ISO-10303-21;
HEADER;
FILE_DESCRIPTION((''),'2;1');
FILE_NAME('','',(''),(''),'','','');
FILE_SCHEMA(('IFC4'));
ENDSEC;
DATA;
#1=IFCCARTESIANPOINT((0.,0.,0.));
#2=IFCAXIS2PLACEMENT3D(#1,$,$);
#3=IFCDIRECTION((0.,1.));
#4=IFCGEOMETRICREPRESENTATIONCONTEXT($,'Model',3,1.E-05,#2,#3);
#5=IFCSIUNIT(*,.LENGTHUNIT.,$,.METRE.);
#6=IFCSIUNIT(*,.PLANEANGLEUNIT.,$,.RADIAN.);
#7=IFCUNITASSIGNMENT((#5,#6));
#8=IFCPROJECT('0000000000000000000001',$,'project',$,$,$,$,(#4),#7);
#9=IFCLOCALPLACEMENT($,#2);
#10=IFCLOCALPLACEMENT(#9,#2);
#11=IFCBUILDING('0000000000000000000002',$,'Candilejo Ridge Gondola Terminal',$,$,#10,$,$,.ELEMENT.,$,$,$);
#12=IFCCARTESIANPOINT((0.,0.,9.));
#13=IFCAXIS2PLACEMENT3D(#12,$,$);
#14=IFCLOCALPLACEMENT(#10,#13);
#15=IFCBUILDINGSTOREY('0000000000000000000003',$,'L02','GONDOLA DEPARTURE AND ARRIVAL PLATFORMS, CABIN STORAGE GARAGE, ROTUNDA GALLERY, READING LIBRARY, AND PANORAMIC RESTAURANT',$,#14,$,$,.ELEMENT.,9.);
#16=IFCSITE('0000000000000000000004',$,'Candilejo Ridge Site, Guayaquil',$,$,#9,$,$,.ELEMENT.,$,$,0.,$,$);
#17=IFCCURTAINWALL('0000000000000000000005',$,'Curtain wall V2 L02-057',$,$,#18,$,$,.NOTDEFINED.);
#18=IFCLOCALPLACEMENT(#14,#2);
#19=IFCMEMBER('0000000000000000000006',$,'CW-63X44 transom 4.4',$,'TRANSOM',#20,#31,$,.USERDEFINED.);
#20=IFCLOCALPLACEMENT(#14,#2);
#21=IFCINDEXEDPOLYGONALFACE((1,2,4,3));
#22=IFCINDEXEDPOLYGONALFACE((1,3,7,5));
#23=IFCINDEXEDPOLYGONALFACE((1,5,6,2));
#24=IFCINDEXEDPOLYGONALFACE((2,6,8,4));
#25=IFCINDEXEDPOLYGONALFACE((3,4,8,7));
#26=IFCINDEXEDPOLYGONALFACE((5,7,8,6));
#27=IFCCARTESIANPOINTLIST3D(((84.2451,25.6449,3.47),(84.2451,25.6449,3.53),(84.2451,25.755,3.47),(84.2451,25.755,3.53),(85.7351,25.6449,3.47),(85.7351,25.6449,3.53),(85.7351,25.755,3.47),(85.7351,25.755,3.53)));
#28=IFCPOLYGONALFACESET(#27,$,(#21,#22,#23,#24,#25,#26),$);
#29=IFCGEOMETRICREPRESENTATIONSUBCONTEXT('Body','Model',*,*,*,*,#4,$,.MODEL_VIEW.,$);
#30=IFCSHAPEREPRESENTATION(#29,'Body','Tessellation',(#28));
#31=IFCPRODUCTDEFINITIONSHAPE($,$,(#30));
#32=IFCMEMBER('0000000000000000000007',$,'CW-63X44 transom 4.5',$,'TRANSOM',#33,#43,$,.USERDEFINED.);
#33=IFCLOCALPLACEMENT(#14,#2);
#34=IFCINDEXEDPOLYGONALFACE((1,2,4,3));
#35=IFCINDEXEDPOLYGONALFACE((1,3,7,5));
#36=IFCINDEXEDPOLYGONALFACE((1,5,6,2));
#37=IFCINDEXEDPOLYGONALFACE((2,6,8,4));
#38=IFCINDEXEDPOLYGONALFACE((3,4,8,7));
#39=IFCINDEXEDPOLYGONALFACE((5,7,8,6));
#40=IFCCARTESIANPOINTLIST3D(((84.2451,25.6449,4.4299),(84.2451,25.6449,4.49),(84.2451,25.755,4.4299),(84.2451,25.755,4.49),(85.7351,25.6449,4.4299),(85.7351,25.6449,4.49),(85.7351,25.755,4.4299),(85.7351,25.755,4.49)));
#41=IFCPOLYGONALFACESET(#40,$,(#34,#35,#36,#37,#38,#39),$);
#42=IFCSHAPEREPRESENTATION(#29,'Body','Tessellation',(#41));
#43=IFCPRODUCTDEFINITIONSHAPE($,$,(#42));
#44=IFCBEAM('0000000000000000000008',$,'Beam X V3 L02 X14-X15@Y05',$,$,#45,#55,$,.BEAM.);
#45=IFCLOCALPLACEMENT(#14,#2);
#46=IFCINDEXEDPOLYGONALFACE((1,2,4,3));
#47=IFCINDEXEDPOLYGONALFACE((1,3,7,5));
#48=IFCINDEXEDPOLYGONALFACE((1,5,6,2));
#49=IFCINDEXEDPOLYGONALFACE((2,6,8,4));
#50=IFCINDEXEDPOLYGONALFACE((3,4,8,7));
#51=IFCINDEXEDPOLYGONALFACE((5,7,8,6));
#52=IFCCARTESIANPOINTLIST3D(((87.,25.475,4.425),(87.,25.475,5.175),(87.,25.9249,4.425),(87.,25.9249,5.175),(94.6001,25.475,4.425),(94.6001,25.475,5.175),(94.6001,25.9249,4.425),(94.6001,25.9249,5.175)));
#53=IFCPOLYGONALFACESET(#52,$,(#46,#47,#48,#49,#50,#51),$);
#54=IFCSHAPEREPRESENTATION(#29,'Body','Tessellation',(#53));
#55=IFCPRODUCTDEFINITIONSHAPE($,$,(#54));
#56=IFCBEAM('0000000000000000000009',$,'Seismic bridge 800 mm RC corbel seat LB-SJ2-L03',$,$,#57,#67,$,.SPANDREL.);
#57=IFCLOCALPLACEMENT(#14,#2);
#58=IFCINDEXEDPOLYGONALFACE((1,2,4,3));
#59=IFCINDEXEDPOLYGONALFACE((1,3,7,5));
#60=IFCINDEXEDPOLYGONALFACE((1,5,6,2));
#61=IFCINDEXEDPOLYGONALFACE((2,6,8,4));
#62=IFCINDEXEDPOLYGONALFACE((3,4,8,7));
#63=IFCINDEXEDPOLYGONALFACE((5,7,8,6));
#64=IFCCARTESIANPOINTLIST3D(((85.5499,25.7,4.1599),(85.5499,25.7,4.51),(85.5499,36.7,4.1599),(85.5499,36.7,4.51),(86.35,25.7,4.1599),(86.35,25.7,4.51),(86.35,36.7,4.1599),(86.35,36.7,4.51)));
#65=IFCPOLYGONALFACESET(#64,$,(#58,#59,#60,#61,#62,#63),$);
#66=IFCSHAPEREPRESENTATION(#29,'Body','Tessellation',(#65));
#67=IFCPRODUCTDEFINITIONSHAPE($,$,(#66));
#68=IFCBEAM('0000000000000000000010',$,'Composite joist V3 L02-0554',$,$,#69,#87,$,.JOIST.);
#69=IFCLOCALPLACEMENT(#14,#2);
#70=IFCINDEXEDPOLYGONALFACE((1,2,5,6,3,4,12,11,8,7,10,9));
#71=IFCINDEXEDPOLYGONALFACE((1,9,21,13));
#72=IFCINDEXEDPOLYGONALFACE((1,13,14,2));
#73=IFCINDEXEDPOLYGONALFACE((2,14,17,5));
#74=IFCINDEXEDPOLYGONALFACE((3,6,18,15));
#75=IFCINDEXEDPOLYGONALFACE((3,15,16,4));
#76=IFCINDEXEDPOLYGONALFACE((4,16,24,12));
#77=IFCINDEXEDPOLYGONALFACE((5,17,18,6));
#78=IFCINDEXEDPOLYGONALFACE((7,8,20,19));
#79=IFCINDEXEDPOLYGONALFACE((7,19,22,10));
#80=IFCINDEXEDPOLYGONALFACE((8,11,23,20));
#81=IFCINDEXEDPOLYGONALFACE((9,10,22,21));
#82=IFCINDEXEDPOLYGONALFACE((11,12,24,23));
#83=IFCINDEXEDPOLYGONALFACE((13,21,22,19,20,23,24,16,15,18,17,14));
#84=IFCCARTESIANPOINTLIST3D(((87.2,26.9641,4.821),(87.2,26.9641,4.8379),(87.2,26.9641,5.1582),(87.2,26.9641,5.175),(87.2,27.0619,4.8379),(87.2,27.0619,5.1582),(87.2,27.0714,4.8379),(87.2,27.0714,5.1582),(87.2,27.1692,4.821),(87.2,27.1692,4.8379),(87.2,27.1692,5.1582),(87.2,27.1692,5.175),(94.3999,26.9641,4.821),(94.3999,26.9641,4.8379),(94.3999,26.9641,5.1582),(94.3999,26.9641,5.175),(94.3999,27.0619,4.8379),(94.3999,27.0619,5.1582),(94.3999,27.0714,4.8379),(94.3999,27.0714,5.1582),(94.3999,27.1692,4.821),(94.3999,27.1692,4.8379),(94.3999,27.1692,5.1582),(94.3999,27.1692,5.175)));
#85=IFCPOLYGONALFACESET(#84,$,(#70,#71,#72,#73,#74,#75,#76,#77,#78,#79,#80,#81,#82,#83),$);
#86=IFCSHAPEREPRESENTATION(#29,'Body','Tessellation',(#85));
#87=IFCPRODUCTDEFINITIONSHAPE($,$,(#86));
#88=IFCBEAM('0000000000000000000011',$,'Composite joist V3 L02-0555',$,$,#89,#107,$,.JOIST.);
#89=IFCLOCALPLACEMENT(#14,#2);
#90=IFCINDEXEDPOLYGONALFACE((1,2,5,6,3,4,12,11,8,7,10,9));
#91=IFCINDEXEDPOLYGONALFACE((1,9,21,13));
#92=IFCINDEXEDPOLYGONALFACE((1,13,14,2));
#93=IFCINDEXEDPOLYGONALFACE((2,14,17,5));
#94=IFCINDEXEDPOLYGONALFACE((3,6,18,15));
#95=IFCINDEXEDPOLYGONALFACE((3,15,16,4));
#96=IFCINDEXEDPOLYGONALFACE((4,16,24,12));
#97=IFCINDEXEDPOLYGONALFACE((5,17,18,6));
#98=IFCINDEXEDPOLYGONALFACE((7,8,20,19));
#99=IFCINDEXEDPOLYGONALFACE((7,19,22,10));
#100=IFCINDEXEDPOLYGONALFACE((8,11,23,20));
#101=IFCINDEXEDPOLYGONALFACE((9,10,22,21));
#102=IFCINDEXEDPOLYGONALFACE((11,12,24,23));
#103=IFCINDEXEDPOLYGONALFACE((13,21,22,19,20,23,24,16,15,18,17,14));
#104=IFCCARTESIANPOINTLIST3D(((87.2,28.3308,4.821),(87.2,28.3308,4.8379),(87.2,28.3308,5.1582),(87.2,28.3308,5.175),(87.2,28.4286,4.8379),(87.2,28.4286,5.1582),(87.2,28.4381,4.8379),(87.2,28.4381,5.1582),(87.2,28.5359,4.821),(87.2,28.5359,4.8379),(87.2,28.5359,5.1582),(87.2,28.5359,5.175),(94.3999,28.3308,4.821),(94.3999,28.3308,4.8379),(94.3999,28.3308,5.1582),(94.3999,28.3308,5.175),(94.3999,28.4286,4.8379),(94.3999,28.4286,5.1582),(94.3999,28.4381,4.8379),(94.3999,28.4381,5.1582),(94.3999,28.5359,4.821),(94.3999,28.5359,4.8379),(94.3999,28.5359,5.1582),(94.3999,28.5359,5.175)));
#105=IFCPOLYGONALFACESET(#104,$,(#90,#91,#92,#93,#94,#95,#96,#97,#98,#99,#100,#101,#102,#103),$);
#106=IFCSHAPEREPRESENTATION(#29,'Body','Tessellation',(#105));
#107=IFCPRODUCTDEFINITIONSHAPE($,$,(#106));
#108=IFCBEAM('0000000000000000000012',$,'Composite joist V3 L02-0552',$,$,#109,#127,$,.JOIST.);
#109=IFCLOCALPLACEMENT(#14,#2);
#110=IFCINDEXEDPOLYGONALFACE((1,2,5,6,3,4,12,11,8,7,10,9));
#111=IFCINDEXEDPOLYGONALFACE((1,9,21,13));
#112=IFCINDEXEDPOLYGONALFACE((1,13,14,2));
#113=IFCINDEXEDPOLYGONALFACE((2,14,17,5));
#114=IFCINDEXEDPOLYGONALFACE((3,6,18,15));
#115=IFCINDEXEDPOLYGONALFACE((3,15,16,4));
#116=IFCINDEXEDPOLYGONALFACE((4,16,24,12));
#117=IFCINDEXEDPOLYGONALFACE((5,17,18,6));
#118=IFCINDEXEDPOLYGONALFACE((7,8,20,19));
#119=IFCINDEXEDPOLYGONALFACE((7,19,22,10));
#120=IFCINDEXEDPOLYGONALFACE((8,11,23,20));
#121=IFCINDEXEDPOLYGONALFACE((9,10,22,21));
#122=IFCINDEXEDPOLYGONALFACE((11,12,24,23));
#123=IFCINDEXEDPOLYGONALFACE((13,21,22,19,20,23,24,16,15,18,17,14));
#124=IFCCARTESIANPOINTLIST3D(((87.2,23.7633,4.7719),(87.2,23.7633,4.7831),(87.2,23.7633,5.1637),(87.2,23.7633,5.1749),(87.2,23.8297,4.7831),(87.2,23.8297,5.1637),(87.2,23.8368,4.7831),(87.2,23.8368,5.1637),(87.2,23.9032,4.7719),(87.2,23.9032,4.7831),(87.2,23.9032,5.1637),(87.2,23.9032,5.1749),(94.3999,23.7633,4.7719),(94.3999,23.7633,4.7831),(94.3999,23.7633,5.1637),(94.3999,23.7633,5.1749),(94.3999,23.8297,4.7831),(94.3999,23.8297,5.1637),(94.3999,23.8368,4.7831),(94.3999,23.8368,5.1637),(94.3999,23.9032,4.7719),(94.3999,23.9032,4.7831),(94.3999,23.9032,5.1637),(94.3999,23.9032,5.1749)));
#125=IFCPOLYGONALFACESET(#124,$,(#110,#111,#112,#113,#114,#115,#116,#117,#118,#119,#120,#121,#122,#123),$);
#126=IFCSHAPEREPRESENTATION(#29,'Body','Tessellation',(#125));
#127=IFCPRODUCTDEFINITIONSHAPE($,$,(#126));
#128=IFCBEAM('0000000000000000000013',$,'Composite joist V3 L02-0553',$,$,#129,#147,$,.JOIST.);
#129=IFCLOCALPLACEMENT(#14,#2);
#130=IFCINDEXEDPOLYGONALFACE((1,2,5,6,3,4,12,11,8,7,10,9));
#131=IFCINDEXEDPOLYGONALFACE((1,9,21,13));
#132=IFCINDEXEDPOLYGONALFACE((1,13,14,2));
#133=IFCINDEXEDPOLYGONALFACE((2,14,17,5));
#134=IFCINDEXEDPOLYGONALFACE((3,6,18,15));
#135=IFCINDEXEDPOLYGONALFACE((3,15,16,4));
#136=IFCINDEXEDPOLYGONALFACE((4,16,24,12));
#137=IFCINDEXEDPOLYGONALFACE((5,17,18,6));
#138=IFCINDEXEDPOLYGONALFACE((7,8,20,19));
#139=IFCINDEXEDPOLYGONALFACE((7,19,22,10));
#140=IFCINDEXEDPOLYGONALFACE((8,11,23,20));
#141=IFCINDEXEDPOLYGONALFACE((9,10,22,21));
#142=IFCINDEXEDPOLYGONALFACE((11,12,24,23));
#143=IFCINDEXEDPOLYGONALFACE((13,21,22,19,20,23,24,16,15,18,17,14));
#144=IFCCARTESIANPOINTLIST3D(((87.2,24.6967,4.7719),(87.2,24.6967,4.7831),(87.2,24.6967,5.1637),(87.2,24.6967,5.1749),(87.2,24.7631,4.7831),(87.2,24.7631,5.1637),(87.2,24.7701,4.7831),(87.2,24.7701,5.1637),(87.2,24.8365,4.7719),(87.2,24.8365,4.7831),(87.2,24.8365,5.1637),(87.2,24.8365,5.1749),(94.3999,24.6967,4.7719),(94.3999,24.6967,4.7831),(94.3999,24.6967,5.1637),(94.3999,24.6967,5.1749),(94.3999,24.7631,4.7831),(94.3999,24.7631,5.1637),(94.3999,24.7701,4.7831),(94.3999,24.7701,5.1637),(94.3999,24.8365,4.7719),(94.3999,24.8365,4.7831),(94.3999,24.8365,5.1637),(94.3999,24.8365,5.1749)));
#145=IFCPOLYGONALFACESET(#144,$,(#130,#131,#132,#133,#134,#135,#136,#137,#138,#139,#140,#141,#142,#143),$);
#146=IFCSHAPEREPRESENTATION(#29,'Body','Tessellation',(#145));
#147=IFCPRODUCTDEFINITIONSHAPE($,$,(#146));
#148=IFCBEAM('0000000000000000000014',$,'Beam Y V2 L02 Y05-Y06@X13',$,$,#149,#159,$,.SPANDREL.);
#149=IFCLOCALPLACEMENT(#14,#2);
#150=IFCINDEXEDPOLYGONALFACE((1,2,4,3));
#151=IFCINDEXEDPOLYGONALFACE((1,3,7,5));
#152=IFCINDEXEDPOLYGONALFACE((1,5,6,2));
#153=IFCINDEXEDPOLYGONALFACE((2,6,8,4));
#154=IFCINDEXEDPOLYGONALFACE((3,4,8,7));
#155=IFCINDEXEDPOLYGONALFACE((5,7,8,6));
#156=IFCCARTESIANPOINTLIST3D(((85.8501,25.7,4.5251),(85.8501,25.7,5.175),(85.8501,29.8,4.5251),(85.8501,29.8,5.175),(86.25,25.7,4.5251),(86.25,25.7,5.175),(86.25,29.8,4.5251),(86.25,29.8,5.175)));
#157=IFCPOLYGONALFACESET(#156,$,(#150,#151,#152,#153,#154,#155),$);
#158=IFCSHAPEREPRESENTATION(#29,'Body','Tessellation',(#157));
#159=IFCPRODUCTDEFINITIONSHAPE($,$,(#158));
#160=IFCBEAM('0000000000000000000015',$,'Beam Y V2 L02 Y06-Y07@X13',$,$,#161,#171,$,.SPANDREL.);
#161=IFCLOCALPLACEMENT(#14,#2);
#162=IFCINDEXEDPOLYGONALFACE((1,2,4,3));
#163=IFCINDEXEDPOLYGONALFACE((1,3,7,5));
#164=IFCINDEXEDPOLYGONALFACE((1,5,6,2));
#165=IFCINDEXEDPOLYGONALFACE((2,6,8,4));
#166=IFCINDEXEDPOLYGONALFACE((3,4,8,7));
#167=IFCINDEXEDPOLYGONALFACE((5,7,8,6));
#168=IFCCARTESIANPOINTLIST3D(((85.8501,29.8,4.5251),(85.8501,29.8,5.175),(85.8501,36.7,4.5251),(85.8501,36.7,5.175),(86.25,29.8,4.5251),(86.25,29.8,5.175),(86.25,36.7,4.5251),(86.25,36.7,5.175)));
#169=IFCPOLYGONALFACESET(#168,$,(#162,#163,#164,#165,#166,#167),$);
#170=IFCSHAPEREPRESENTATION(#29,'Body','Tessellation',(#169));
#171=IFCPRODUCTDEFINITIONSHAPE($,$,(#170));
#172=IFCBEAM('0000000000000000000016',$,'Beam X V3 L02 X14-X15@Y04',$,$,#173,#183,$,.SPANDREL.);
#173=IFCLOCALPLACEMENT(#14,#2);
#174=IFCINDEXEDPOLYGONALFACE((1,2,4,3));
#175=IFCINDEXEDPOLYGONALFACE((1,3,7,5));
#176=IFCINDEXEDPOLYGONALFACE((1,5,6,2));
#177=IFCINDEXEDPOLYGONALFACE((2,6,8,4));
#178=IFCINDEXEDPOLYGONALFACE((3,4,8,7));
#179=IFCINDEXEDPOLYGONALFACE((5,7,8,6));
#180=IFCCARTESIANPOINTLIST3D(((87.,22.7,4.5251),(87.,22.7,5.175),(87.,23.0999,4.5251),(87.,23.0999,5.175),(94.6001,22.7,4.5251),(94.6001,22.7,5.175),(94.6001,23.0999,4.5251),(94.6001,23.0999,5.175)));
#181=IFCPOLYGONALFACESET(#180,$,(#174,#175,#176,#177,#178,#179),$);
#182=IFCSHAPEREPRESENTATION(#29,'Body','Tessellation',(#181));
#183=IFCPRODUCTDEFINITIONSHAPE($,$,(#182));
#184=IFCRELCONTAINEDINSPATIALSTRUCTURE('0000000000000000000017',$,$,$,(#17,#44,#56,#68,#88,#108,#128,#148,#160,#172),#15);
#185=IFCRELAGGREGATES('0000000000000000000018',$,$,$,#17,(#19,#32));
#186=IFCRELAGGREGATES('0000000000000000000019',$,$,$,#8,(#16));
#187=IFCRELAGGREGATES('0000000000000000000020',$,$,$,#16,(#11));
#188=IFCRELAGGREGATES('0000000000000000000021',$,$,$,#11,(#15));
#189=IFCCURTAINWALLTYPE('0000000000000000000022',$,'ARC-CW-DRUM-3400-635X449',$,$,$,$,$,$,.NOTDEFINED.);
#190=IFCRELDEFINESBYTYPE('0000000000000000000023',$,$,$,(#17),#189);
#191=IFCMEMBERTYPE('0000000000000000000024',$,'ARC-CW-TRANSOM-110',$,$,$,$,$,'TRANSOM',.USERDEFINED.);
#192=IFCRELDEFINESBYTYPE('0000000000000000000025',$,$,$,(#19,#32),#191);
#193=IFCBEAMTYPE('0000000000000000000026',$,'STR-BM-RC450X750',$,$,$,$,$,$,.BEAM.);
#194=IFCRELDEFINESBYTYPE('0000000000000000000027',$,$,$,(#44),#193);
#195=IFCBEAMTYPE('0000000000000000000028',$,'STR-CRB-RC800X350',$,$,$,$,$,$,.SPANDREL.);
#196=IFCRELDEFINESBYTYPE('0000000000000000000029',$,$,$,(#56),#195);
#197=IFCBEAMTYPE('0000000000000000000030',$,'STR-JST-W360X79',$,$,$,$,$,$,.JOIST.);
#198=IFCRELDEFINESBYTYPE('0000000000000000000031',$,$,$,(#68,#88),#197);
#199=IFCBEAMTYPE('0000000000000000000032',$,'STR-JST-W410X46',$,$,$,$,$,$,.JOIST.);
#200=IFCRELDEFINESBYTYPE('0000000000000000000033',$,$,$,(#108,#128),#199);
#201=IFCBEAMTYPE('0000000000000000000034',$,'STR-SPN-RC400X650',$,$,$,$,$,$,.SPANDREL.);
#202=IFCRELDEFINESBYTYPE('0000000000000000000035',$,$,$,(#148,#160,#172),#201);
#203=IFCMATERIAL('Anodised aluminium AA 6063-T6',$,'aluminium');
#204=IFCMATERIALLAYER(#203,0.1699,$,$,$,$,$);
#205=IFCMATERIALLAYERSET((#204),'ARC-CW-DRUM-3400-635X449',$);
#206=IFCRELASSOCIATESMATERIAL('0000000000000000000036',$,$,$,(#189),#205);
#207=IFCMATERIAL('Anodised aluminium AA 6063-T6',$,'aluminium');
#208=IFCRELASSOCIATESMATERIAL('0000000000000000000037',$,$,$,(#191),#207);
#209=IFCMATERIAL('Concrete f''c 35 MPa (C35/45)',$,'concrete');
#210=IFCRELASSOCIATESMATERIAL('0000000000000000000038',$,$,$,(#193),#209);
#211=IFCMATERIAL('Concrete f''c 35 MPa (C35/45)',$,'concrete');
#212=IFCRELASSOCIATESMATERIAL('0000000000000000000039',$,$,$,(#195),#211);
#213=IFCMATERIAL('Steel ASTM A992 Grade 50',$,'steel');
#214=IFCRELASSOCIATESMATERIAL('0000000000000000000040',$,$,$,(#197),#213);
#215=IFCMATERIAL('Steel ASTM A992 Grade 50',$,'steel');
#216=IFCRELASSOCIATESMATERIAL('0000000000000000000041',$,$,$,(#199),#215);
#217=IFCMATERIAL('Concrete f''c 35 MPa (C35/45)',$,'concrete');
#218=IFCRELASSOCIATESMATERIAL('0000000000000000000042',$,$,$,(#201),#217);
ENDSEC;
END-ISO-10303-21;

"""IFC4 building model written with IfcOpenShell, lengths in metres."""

from ifc_helpers import new_model, si_unit, direction, frame, origin, origin_2d, place, context, subcontext, project, spatial, rectangle, i_section, extrude, material, layer, layer_set, material_profile, profile_set, type_object, element, aggregate, save


model = new_model("IFC4")

# Units and contexts
model_context = context("Model", 3, precision=1e-05, world=origin(), true_north=direction((0.0, 1.0)))
body_context = subcontext(model_context, "Body", "Model", "MODEL_VIEW")
ifc_project = project(units=[si_unit("LENGTHUNIT", "METRE"), si_unit("PLANEANGLEUNIT", "RADIAN")], contexts=[model_context])

# Site, building, storey
site_placement = place(None, origin())
site = spatial("IfcSite", under=ifc_project, at=site_placement, Name="Candilejo Ridge Site, Guayaquil", CompositionType="ELEMENT", RefElevation=0.0)
building_placement = place(site_placement, origin())
building = spatial("IfcBuilding", under=site, at=building_placement, Name="Candilejo Ridge Gondola Terminal", CompositionType="ELEMENT")
storey_placement = place(building_placement, frame((0.0, 0.0, 9.0)))
storey = spatial("IfcBuildingStorey", under=building, at=storey_placement, Name="L02", Description="GONDOLA DEPARTURE AND ARRIVAL PLATFORMS, CABIN STORAGE GARAGE, ROTUNDA GALLERY, READING LIBRARY, AND PANORAMIC RESTAURANT", CompositionType="ELEMENT", Elevation=9.0)

# Curtain wall
ifc_material_1 = material(Name="Anodised aluminium AA 6063-T6", Category="aluminium")
ifc_layer_1 = layer(ifc_material_1, 0.1699)
ifc_layer_set_1 = layer_set([ifc_layer_1], Name="ARC-CW-DRUM-3400-635X449")
curtain_wall_type_1 = type_object("IfcCurtainWallType", Name="ARC-CW-DRUM-3400-635X449", PredefinedType="NOTDEFINED", material=ifc_layer_set_1)
curtain_wall_1_placement = place(storey_placement, origin())
curtain_wall_1 = element("IfcCurtainWall", 1, at=curtain_wall_1_placement, inside=storey, type_object=curtain_wall_type_1, Name="Curtain wall V2 L02-057", PredefinedType="NOTDEFINED")

# Members
ifc_material_2 = material(Name="Anodised aluminium AA 6063-T6", Category="aluminium")
ifc_material_profile_1 = material_profile(ifc_material_2, rectangle(XDim=0.1101, YDim=0.0601, at=origin_2d()))
ifc_profile_set_1 = profile_set([ifc_material_profile_1], Name="Anodised aluminium AA 6063-T6")
member_type_1 = type_object("IfcMemberType", Name="ARC-CW-TRANSOM-110", ElementType="TRANSOM", PredefinedType="USERDEFINED", material=ifc_profile_set_1)
member_1_placement = place(storey_placement, frame((84.2451, 25.7, 3.5), z_axis=(1.0, 0.0, 0.0), x_axis=(0.0, 1.0, 0.0)))
member_1 = element("IfcMember", 2, at=member_1_placement, type_object=member_type_1, Name="CW-63X44 transom 4.4", ObjectType="TRANSOM", PredefinedType="USERDEFINED", context=body_context, shape_type="SweptSolid", body=[
    extrude(rectangle(XDim=0.1101, YDim=0.0601, at=origin_2d()), origin(), (0.0, 0.0, 1.0), 1.49),
])
member_2_placement = place(storey_placement, frame((84.2451, 25.7, 4.46), z_axis=(1.0, 0.0, 0.0), x_axis=(0.0, 1.0, 0.0)))
member_2 = element("IfcMember", 3, at=member_2_placement, type_object=member_type_1, Name="CW-63X44 transom 4.5", ObjectType="TRANSOM", PredefinedType="USERDEFINED", context=body_context, shape_type="SweptSolid", body=[
    extrude(rectangle(XDim=0.1101, YDim=0.0601, at=origin_2d()), origin(), (0.0, 0.0, 1.0), 1.49),
])

# Beams
ifc_material_3 = material(Name="Concrete f'c 35 MPa (C35/45)", Category="concrete")
ifc_material_profile_2 = material_profile(ifc_material_3, rectangle(XDim=0.45, YDim=0.75, at=origin_2d()))
ifc_profile_set_2 = profile_set([ifc_material_profile_2], Name="Concrete f'c 35 MPa (C35/45)")
beam_type_1 = type_object("IfcBeamType", Name="STR-BM-RC450X750", PredefinedType="BEAM", material=ifc_profile_set_2)
beam_1_placement = place(storey_placement, frame((87.0, 25.7, 4.8), z_axis=(1.0, 0.0, 0.0), x_axis=(0.0, 1.0, 0.0)))
element("IfcBeam", 4, at=beam_1_placement, inside=storey, type_object=beam_type_1, Name="Beam X V3 L02 X14-X15@Y05", PredefinedType="BEAM", context=body_context, shape_type="SweptSolid", body=[
    extrude(rectangle(XDim=0.45, YDim=0.75, at=origin_2d()), origin(), (0.0, 0.0, 1.0), 7.6001),
])
ifc_material_4 = material(Name="Concrete f'c 35 MPa (C35/45)", Category="concrete")
ifc_material_profile_3 = material_profile(ifc_material_4, rectangle(XDim=0.8, YDim=0.3501, at=origin_2d()))
ifc_profile_set_3 = profile_set([ifc_material_profile_3], Name="Concrete f'c 35 MPa (C35/45)")
beam_type_2 = type_object("IfcBeamType", Name="STR-CRB-RC800X350", PredefinedType="SPANDREL", material=ifc_profile_set_3)
beam_2_placement = place(storey_placement, frame((85.95, 25.7, 4.335), z_axis=(0.0, 1.0, 0.0), x_axis=(-1.0, 0.0, 0.0)))
element("IfcBeam", 5, at=beam_2_placement, inside=storey, type_object=beam_type_2, Name="Seismic bridge 800 mm RC corbel seat LB-SJ2-L03", PredefinedType="SPANDREL", context=body_context, shape_type="SweptSolid", body=[
    extrude(rectangle(XDim=0.8, YDim=0.3501, at=origin_2d()), origin(), (0.0, 0.0, 1.0), 11.0),
])
ifc_material_5 = material(Name="Steel ASTM A992 Grade 50", Category="steel")
ifc_material_profile_4 = material_profile(ifc_material_5, i_section(OverallWidth=0.2051, OverallDepth=0.354, WebThickness=0.0095, FlangeThickness=0.0168, at=origin_2d()))
ifc_profile_set_4 = profile_set([ifc_material_profile_4], Name="Steel ASTM A992 Grade 50")
beam_type_3 = type_object("IfcBeamType", Name="STR-JST-W360X79", PredefinedType="JOIST", material=ifc_profile_set_4)
for number, where, z_axis, x_axis, name in (
    (6, (87.2, 27.0667, 4.998), (1.0, 0.0, 0.0), (0.0, 1.0, 0.0), "Composite joist V3 L02-0554"),
    (7, (87.2, 28.4333, 4.998), (1.0, 0.0, 0.0), (0.0, 1.0, 0.0), "Composite joist V3 L02-0555"),
):
    element("IfcBeam", number, at=place(storey_placement, frame(where, z_axis=z_axis, x_axis=x_axis)), inside=storey, type_object=beam_type_3, Name=name, PredefinedType="JOIST", context=body_context, shape_type="SweptSolid", body=[
        extrude(i_section(OverallWidth=0.2051, OverallDepth=0.354, WebThickness=0.0095, FlangeThickness=0.0168, at=origin_2d()), origin(), (0.0, 0.0, 1.0), 7.2),
    ])
ifc_material_6 = material(Name="Steel ASTM A992 Grade 50", Category="steel")
ifc_material_profile_5 = material_profile(ifc_material_6, i_section(OverallWidth=0.1399, OverallDepth=0.4031, WebThickness=0.0071, FlangeThickness=0.0112, at=origin_2d()))
ifc_profile_set_5 = profile_set([ifc_material_profile_5], Name="Steel ASTM A992 Grade 50")
beam_type_4 = type_object("IfcBeamType", Name="STR-JST-W410X46", PredefinedType="JOIST", material=ifc_profile_set_5)
for number, where, z_axis, x_axis, name in (
    (8, (87.2, 23.8333, 4.9734), (1.0, 0.0, 0.0), (0.0, 1.0, 0.0), "Composite joist V3 L02-0552"),
    (9, (87.2, 24.7666, 4.9734), (1.0, 0.0, 0.0), (0.0, 1.0, 0.0), "Composite joist V3 L02-0553"),
):
    element("IfcBeam", number, at=place(storey_placement, frame(where, z_axis=z_axis, x_axis=x_axis)), inside=storey, type_object=beam_type_4, Name=name, PredefinedType="JOIST", context=body_context, shape_type="SweptSolid", body=[
        extrude(i_section(OverallWidth=0.1399, OverallDepth=0.4031, WebThickness=0.0071, FlangeThickness=0.0112, at=origin_2d()), origin(), (0.0, 0.0, 1.0), 7.2),
    ])
ifc_material_7 = material(Name="Concrete f'c 35 MPa (C35/45)", Category="concrete")
ifc_material_profile_6 = material_profile(ifc_material_7, rectangle(XDim=0.3999, YDim=0.6499, at=origin_2d()))
ifc_profile_set_6 = profile_set([ifc_material_profile_6], Name="Concrete f'c 35 MPa (C35/45)")
beam_type_5 = type_object("IfcBeamType", Name="STR-SPN-RC400X650", PredefinedType="SPANDREL", material=ifc_profile_set_6)
beam_3_placement = place(storey_placement, frame((86.05, 25.7, 4.8501), z_axis=(0.0, 1.0, 0.0), x_axis=(-1.0, 0.0, 0.0)))
element("IfcBeam", 10, at=beam_3_placement, inside=storey, type_object=beam_type_5, Name="Beam Y V2 L02 Y05-Y06@X13", PredefinedType="SPANDREL", context=body_context, shape_type="SweptSolid", body=[
    extrude(rectangle(XDim=0.3999, YDim=0.6499, at=origin_2d()), origin(), (0.0, 0.0, 1.0), 4.1001),
])
beam_4_placement = place(storey_placement, frame((86.05, 29.8, 4.8501), z_axis=(0.0, 1.0, 0.0), x_axis=(-1.0, 0.0, 0.0)))
element("IfcBeam", 11, at=beam_4_placement, inside=storey, type_object=beam_type_5, Name="Beam Y V2 L02 Y06-Y07@X13", PredefinedType="SPANDREL", context=body_context, shape_type="SweptSolid", body=[
    extrude(rectangle(XDim=0.3999, YDim=0.6499, at=origin_2d()), origin(), (0.0, 0.0, 1.0), 6.8999),
])
beam_5_placement = place(storey_placement, frame((87.0, 22.8999, 4.8501), z_axis=(1.0, 0.0, 0.0), x_axis=(0.0, 1.0, 0.0)))
element("IfcBeam", 12, at=beam_5_placement, inside=storey, type_object=beam_type_5, Name="Beam X V3 L02 X14-X15@Y04", PredefinedType="SPANDREL", context=body_context, shape_type="SweptSolid", body=[
    extrude(rectangle(XDim=0.3999, YDim=0.6499, at=origin_2d()), origin(), (0.0, 0.0, 1.0), 7.6001),
])

aggregate(curtain_wall_1, [member_1, member_2])

save(model, "model.ifc")
